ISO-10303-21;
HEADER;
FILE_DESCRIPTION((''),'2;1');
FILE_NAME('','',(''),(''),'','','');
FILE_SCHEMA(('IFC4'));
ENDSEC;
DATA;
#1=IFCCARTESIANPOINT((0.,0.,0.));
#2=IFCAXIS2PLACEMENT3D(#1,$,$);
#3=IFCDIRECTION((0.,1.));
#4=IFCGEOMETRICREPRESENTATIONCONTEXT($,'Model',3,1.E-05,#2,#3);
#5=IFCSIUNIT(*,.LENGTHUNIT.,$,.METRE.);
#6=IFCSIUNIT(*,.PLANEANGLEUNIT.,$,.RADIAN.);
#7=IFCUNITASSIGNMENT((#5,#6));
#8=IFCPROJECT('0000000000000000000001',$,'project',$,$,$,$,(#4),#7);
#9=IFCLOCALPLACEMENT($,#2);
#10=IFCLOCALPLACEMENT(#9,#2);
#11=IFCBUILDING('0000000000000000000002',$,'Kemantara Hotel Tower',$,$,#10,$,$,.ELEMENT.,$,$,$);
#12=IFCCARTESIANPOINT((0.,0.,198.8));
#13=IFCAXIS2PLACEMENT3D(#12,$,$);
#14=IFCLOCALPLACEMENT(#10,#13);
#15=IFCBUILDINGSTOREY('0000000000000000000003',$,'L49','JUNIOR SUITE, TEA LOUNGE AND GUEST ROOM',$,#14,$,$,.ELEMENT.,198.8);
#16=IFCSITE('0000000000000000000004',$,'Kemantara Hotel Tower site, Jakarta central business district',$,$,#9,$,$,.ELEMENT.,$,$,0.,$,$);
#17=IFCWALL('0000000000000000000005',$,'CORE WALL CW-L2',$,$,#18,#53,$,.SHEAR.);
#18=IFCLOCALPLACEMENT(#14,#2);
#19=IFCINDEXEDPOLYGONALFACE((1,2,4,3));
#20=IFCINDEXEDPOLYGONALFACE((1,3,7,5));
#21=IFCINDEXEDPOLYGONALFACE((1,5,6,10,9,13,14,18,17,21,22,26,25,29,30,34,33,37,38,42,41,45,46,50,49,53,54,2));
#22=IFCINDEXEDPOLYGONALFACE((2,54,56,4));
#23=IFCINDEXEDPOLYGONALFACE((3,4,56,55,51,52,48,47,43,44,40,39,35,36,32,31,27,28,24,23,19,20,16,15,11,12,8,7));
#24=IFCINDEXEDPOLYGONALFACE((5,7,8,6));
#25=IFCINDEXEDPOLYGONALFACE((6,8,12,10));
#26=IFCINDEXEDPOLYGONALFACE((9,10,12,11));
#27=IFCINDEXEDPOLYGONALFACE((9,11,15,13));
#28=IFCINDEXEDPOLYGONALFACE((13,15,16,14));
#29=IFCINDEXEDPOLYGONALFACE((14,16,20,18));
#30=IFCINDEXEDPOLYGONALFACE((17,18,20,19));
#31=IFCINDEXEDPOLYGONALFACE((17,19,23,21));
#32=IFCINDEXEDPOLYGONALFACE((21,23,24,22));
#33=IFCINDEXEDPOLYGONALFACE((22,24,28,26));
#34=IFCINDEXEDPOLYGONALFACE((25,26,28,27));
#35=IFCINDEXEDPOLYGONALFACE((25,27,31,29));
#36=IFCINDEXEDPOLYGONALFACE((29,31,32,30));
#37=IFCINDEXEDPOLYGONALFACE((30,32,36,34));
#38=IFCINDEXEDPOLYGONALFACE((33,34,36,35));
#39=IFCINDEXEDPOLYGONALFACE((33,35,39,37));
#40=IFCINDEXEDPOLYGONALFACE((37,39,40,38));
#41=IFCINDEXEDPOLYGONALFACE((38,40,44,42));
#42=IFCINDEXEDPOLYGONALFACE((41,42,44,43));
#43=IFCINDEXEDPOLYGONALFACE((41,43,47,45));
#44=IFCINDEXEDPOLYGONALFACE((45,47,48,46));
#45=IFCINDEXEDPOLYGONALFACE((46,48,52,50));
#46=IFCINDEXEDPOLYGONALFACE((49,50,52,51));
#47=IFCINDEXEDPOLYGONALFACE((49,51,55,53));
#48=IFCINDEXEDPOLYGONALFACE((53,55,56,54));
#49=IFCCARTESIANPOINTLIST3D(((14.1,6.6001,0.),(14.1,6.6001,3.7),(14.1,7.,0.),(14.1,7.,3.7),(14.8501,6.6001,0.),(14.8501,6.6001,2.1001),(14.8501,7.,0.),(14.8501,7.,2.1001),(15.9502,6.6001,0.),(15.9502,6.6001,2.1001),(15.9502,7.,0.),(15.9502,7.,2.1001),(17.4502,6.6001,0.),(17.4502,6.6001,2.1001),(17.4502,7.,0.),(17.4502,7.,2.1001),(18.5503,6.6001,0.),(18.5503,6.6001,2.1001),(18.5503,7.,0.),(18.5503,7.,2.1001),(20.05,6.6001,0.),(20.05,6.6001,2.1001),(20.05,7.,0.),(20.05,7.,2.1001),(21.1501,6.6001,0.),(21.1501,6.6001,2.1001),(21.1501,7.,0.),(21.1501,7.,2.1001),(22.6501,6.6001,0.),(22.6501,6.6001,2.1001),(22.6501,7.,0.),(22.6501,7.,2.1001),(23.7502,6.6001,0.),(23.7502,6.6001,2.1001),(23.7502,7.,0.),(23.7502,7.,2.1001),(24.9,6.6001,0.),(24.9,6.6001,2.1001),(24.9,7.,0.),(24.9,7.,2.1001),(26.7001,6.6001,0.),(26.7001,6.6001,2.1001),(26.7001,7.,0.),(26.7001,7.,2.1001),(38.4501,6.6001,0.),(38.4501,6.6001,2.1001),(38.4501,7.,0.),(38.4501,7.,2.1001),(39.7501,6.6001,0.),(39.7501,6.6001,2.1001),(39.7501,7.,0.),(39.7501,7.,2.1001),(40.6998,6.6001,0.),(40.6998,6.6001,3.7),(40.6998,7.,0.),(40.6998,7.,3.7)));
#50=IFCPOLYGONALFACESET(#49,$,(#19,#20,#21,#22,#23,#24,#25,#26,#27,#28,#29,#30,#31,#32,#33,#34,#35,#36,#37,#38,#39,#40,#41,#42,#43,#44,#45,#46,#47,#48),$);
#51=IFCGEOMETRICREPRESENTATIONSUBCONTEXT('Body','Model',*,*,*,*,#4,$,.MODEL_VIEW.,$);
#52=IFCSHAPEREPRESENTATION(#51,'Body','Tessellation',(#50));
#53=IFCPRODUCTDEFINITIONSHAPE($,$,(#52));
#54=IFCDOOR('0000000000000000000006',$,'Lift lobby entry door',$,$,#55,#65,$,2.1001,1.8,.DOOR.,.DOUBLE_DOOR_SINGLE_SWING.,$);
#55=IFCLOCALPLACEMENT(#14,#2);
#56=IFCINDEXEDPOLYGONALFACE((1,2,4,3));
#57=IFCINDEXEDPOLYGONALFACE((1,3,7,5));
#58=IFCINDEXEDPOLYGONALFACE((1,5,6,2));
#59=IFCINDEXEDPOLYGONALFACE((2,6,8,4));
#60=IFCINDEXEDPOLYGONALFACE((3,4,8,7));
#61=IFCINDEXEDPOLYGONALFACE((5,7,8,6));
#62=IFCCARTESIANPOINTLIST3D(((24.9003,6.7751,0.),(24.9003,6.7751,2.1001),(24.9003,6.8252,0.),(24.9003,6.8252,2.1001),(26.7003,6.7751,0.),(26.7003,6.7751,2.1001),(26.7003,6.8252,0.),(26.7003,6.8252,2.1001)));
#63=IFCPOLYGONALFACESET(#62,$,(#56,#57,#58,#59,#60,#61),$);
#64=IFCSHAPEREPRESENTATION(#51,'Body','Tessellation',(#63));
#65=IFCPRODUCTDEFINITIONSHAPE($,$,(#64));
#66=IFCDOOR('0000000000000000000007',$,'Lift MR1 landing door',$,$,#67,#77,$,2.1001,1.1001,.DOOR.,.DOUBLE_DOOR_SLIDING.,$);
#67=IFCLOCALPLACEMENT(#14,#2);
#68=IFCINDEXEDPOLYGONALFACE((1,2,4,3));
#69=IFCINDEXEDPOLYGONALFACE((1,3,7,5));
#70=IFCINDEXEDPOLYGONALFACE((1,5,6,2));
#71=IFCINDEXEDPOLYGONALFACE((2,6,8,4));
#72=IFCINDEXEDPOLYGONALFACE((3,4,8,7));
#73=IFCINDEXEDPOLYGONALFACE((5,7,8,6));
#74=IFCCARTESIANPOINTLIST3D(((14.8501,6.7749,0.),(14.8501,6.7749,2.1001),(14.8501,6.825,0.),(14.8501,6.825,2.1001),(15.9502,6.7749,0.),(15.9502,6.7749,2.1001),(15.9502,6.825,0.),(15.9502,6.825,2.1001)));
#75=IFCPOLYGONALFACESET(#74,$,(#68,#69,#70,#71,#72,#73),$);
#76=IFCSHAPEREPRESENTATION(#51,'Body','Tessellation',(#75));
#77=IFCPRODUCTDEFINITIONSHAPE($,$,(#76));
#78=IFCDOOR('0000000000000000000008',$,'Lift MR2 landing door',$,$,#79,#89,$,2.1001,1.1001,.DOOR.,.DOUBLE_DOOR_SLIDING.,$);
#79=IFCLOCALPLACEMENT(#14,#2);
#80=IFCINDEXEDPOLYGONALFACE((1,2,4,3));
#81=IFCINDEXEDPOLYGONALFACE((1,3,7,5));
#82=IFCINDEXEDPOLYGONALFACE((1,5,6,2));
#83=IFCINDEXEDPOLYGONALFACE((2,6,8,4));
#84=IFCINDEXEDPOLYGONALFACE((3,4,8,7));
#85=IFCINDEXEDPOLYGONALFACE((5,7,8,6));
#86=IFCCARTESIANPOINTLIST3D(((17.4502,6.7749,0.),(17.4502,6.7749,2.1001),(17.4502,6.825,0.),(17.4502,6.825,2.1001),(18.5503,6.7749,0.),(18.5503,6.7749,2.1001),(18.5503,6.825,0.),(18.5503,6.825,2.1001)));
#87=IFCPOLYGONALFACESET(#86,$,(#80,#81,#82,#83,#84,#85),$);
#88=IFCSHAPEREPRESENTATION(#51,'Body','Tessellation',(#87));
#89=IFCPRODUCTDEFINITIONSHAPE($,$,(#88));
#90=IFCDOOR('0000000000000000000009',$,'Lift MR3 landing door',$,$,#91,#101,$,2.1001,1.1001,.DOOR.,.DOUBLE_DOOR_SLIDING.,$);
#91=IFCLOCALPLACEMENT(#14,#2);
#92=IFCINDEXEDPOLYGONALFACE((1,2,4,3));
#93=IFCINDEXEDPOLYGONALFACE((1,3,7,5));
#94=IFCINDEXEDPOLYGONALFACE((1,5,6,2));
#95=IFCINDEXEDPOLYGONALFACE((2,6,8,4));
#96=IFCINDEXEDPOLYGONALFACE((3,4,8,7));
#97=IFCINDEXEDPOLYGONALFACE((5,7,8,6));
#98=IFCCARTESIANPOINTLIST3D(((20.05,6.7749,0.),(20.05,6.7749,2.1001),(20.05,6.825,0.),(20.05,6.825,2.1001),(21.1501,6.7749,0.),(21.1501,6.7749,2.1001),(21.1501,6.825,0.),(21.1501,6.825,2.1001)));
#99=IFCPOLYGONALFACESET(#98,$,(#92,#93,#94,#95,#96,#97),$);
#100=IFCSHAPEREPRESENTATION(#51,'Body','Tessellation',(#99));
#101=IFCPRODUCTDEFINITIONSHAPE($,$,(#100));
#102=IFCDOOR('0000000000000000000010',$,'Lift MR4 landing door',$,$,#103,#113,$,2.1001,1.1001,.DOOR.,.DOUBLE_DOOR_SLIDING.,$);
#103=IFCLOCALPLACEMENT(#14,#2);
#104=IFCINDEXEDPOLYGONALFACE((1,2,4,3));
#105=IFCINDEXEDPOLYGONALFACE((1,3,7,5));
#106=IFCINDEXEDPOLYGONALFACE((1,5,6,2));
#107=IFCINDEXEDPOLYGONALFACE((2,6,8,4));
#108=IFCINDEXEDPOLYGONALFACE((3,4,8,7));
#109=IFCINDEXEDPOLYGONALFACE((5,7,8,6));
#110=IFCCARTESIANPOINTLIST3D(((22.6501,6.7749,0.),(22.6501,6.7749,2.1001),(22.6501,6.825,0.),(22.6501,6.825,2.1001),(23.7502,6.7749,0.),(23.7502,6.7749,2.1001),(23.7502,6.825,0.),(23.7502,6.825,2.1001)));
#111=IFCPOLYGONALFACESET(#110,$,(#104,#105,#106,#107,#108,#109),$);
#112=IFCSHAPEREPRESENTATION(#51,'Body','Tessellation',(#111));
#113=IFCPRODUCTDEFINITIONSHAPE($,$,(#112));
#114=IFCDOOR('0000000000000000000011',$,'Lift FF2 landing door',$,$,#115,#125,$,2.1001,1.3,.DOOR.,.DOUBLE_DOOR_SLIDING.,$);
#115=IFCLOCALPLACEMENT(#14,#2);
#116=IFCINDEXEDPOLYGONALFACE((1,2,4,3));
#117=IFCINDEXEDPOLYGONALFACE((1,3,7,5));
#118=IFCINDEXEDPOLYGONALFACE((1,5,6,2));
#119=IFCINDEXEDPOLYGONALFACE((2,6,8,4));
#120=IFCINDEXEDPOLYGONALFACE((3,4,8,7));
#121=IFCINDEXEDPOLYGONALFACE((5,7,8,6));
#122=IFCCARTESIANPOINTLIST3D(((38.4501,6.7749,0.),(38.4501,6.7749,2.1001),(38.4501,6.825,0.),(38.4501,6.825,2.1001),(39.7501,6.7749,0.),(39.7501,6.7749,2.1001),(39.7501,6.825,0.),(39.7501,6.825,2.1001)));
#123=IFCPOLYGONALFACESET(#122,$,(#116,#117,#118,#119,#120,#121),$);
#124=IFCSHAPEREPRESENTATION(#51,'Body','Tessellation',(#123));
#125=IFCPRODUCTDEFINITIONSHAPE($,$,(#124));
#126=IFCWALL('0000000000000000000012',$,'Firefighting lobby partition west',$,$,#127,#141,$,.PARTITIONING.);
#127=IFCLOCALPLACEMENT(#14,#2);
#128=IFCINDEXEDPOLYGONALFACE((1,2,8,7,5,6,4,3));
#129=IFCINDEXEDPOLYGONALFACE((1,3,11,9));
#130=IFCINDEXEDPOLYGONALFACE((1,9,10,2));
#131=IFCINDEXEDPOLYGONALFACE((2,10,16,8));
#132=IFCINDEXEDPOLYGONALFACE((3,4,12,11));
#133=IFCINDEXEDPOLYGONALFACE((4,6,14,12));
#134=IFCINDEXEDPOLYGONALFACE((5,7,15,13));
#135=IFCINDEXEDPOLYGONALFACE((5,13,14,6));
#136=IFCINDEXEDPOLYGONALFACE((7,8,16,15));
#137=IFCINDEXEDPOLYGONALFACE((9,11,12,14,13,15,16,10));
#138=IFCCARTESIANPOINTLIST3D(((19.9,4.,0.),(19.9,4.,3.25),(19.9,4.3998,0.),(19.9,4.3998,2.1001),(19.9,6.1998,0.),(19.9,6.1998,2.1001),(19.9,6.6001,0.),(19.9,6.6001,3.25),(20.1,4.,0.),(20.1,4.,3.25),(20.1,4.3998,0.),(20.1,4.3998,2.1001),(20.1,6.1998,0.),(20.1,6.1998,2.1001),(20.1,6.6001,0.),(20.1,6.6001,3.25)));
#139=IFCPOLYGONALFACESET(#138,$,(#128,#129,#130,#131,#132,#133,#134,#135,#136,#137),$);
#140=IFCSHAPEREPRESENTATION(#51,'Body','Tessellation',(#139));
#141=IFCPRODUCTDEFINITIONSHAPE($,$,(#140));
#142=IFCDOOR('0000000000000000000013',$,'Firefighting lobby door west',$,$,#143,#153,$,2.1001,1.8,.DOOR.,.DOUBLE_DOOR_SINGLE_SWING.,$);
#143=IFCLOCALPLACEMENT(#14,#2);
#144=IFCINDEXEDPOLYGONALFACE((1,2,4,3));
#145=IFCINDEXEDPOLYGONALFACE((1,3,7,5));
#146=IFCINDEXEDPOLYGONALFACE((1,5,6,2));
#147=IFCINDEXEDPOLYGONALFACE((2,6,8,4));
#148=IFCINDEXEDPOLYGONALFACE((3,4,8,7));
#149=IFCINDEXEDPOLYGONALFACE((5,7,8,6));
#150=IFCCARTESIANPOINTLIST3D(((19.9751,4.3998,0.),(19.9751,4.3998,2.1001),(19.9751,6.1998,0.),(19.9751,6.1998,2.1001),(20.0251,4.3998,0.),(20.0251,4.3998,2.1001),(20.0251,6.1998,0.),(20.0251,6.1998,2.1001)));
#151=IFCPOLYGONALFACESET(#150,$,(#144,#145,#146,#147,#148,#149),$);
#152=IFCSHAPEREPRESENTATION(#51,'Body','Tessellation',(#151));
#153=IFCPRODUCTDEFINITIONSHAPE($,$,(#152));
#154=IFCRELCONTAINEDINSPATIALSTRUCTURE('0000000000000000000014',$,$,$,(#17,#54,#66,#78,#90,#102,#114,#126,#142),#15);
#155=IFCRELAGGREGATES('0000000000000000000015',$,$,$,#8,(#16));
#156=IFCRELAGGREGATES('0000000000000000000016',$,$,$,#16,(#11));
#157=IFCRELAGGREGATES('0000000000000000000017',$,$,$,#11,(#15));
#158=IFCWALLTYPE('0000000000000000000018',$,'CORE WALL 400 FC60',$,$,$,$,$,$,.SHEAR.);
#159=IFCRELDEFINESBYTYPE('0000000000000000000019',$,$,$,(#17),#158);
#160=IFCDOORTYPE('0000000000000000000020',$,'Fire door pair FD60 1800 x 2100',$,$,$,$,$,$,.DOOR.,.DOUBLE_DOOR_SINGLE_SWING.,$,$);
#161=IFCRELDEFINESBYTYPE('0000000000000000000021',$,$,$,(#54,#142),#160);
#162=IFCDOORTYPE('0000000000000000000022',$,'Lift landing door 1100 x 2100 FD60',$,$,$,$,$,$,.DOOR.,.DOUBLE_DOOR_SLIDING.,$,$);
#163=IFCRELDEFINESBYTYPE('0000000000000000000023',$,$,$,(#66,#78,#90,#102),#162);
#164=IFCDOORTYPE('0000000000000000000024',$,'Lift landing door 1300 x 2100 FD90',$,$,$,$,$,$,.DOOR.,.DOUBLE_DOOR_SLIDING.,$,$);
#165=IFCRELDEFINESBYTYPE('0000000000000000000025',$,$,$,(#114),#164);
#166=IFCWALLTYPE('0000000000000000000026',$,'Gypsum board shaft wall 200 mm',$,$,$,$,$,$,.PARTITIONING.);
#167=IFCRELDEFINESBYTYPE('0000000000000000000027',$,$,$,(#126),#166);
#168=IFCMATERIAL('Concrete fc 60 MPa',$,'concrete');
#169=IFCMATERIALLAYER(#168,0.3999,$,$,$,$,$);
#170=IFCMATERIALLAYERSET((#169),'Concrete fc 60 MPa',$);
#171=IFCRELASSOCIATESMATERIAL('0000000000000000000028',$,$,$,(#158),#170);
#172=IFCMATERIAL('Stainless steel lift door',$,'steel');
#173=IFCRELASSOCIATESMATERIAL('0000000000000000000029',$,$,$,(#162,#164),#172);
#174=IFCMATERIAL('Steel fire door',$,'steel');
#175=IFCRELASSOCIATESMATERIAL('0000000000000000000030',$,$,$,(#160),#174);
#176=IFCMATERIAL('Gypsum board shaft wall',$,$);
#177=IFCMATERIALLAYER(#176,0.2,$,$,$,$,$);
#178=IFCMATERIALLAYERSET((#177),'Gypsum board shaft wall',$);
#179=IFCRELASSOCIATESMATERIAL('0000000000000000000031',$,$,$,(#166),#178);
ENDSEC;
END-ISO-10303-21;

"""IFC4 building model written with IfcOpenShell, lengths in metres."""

from ifc_helpers import new_model, si_unit, direction, frame, frame_2d, origin, place, context, subcontext, project, spatial, rectangle, extrude, material, layer, layer_set, type_object, element, fill, save


model = new_model("IFC4")

# Units and contexts
model_context = context("Model", 3, precision=1e-05, world=origin(), true_north=direction((0.0, 1.0)))
body_context = subcontext(model_context, "Body", "Model", "MODEL_VIEW")
ifc_project = project(units=[si_unit("LENGTHUNIT", "METRE"), si_unit("PLANEANGLEUNIT", "RADIAN")], contexts=[model_context])

# Site, building, storey
site_placement = place(None, origin())
site = spatial("IfcSite", under=ifc_project, at=site_placement, Name="Kemantara Hotel Tower site, Jakarta central business district", CompositionType="ELEMENT", RefElevation=0.0)
building_placement = place(site_placement, origin())
building = spatial("IfcBuilding", under=site, at=building_placement, Name="Kemantara Hotel Tower", CompositionType="ELEMENT")
storey_placement = place(building_placement, frame((0.0, 0.0, 198.8)))
storey = spatial("IfcBuildingStorey", under=building, at=storey_placement, Name="L49", Description="JUNIOR SUITE, TEA LOUNGE AND GUEST ROOM", CompositionType="ELEMENT", Elevation=198.8)

# Shared definitions
ifc_material_1 = material(Name="Concrete fc 60 MPa", Category="concrete")
ifc_layer_1 = layer(ifc_material_1, 0.3999)
ifc_layer_set_1 = layer_set([ifc_layer_1], Name="Concrete fc 60 MPa")
wall_type_1 = type_object("IfcWallType", Name="CORE WALL 400 FC60", PredefinedType="SHEAR", material=ifc_layer_set_1)

# Wall, openings, doors
ifc_material_2 = material(Name="Steel fire door", Category="steel")
ifc_material_3 = material(Name="Stainless steel lift door", Category="steel")
door_type_1 = type_object("IfcDoorType", Name="Lift landing door 1100 x 2100 FD60", OperationType="DOUBLE_DOOR_SLIDING", PredefinedType="DOOR", material=ifc_material_3)
door_type_2 = type_object("IfcDoorType", Name="Lift landing door 1300 x 2100 FD90", OperationType="DOUBLE_DOOR_SLIDING", PredefinedType="DOOR", material=ifc_material_3)
wall_1_placement = place(storey_placement, frame((14.1001, 6.8, 0.0), z_axis=(0.0, 0.0, 1.0), x_axis=(1.0, 0.0, 0.0)))
wall_1 = element("IfcWall", 1, at=wall_1_placement, inside=storey, type_object=wall_type_1, Name="CORE WALL CW-L2", PredefinedType="SHEAR", context=body_context, shape_type="SweptSolid", body=[
    extrude(rectangle(XDim=26.5999, YDim=0.3999, at=frame_2d((13.2998, 0.0))), origin(), (0.0, 0.0, 1.0), 3.7),
])
opening_1_placement = place(wall_1_placement, frame((10.8, 0.0, 0.0)))
opening_1 = element("IfcOpeningElement", 2, at=opening_1_placement, cuts=wall_1, PredefinedType="OPENING", context=body_context, shape_type="SweptSolid", body=[
    extrude(rectangle(XDim=1.8, YDim=2.1001, at=frame_2d((0.8999, 1.05))), frame((0.0, 0.21, 0.0), z_axis=(0.0, -1.0, 0.0), x_axis=(1.0, 0.0, 0.0)), (0.0, 0.0, 1.0), 0.4199),
])
opening_2_placement = place(wall_1_placement, frame((0.75, 0.0, 0.0)))
opening_2 = element("IfcOpeningElement", 3, at=opening_2_placement, cuts=wall_1, PredefinedType="OPENING", context=body_context, shape_type="SweptSolid", body=[
    extrude(rectangle(XDim=1.1001, YDim=2.1001, at=frame_2d((0.55, 1.05))), frame((0.0, 0.21, 0.0), z_axis=(0.0, -1.0, 0.0), x_axis=(1.0, 0.0, 0.0)), (0.0, 0.0, 1.0), 0.4199),
])
opening_3_placement = place(wall_1_placement, frame((3.3501, 0.0, 0.0)))
opening_3 = element("IfcOpeningElement", 4, at=opening_3_placement, cuts=wall_1, PredefinedType="OPENING", context=body_context, shape_type="SweptSolid", body=[
    extrude(rectangle(XDim=1.1001, YDim=2.1001, at=frame_2d((0.55, 1.05))), frame((0.0, 0.21, 0.0), z_axis=(0.0, -1.0, 0.0), x_axis=(1.0, 0.0, 0.0)), (0.0, 0.0, 1.0), 0.4199),
])
opening_4_placement = place(wall_1_placement, frame((5.95, 0.0, 0.0)))
opening_4 = element("IfcOpeningElement", 5, at=opening_4_placement, cuts=wall_1, PredefinedType="OPENING", context=body_context, shape_type="SweptSolid", body=[
    extrude(rectangle(XDim=1.1001, YDim=2.1001, at=frame_2d((0.55, 1.05))), frame((0.0, 0.21, 0.0), z_axis=(0.0, -1.0, 0.0), x_axis=(1.0, 0.0, 0.0)), (0.0, 0.0, 1.0), 0.4199),
])
opening_5_placement = place(wall_1_placement, frame((8.55, 0.0, 0.0)))
opening_5 = element("IfcOpeningElement", 6, at=opening_5_placement, cuts=wall_1, PredefinedType="OPENING", context=body_context, shape_type="SweptSolid", body=[
    extrude(rectangle(XDim=1.1001, YDim=2.1001, at=frame_2d((0.55, 1.05))), frame((0.0, 0.21, 0.0), z_axis=(0.0, -1.0, 0.0), x_axis=(1.0, 0.0, 0.0)), (0.0, 0.0, 1.0), 0.4199),
])
opening_6_placement = place(wall_1_placement, frame((24.3501, 0.0, 0.0)))
opening_6 = element("IfcOpeningElement", 7, at=opening_6_placement, cuts=wall_1, PredefinedType="OPENING", context=body_context, shape_type="SweptSolid", body=[
    extrude(rectangle(XDim=1.3, YDim=2.1001, at=frame_2d((0.6499, 1.05))), frame((0.0, 0.21, 0.0), z_axis=(0.0, -1.0, 0.0), x_axis=(1.0, 0.0, 0.0)), (0.0, 0.0, 1.0), 0.4199),
])
door_type_3 = type_object("IfcDoorType", Name="Fire door pair FD60 1800 x 2100", OperationType="DOUBLE_DOOR_SINGLE_SWING", PredefinedType="DOOR", material=ifc_material_2)
door_1_placement = place(opening_1_placement, frame((1.8, 0.0, 0.0), z_axis=(0.0, 0.0, 1.0), x_axis=(-1.0, 0.0, 0.0)))
door_1 = element("IfcDoor", 8, at=door_1_placement, inside=storey, type_object=door_type_3, Name="Lift lobby entry door", OperationType="DOUBLE_DOOR_SINGLE_SWING", OverallHeight=2.1001, OverallWidth=1.8, PredefinedType="DOOR", context=body_context, shape_type="SweptSolid", body=[
    extrude(rectangle(XDim=1.8, YDim=2.1001, at=frame_2d((0.8999, 1.05))), frame((0.0, 0.0249, 0.0), z_axis=(0.0, -1.0, 0.0), x_axis=(1.0, 0.0, 0.0)), (0.0, 0.0, 1.0), 0.05),
])
fill(opening_1, door_1)
door_2_placement = place(opening_2_placement, origin())
door_2 = element("IfcDoor", 9, at=door_2_placement, inside=storey, type_object=door_type_1, Name="Lift MR1 landing door", OperationType="DOUBLE_DOOR_SLIDING", OverallHeight=2.1001, OverallWidth=1.1001, PredefinedType="DOOR", context=body_context, shape_type="SweptSolid", body=[
    extrude(rectangle(XDim=1.1001, YDim=2.1001, at=frame_2d((0.55, 1.05))), frame((0.0, 0.0249, 0.0), z_axis=(0.0, -1.0, 0.0), x_axis=(1.0, 0.0, 0.0)), (0.0, 0.0, 1.0), 0.05),
])
fill(opening_2, door_2)
door_3_placement = place(opening_3_placement, origin())
door_3 = element("IfcDoor", 10, at=door_3_placement, inside=storey, type_object=door_type_1, Name="Lift MR2 landing door", OperationType="DOUBLE_DOOR_SLIDING", OverallHeight=2.1001, OverallWidth=1.1001, PredefinedType="DOOR", context=body_context, shape_type="SweptSolid", body=[
    extrude(rectangle(XDim=1.1001, YDim=2.1001, at=frame_2d((0.55, 1.05))), frame((0.0, 0.0249, 0.0), z_axis=(0.0, -1.0, 0.0), x_axis=(1.0, 0.0, 0.0)), (0.0, 0.0, 1.0), 0.05),
])
fill(opening_3, door_3)
door_4_placement = place(opening_4_placement, origin())
door_4 = element("IfcDoor", 11, at=door_4_placement, inside=storey, type_object=door_type_1, Name="Lift MR3 landing door", OperationType="DOUBLE_DOOR_SLIDING", OverallHeight=2.1001, OverallWidth=1.1001, PredefinedType="DOOR", context=body_context, shape_type="SweptSolid", body=[
    extrude(rectangle(XDim=1.1001, YDim=2.1001, at=frame_2d((0.55, 1.05))), frame((0.0, 0.0249, 0.0), z_axis=(0.0, -1.0, 0.0), x_axis=(1.0, 0.0, 0.0)), (0.0, 0.0, 1.0), 0.05),
])
fill(opening_4, door_4)
door_5_placement = place(opening_5_placement, origin())
door_5 = element("IfcDoor", 12, at=door_5_placement, inside=storey, type_object=door_type_1, Name="Lift MR4 landing door", OperationType="DOUBLE_DOOR_SLIDING", OverallHeight=2.1001, OverallWidth=1.1001, PredefinedType="DOOR", context=body_context, shape_type="SweptSolid", body=[
    extrude(rectangle(XDim=1.1001, YDim=2.1001, at=frame_2d((0.55, 1.05))), frame((0.0, 0.0249, 0.0), z_axis=(0.0, -1.0, 0.0), x_axis=(1.0, 0.0, 0.0)), (0.0, 0.0, 1.0), 0.05),
])
fill(opening_5, door_5)
door_6_placement = place(opening_6_placement, origin())
door_6 = element("IfcDoor", 13, at=door_6_placement, inside=storey, type_object=door_type_2, Name="Lift FF2 landing door", OperationType="DOUBLE_DOOR_SLIDING", OverallHeight=2.1001, OverallWidth=1.3, PredefinedType="DOOR", context=body_context, shape_type="SweptSolid", body=[
    extrude(rectangle(XDim=1.3, YDim=2.1001, at=frame_2d((0.6499, 1.05))), frame((0.0, 0.0249, 0.0), z_axis=(0.0, -1.0, 0.0), x_axis=(1.0, 0.0, 0.0)), (0.0, 0.0, 1.0), 0.05),
])
fill(opening_6, door_6)

# Wall, opening, door
ifc_material_4 = material(Name="Gypsum board shaft wall")
ifc_layer_2 = layer(ifc_material_4, 0.2)
ifc_layer_set_2 = layer_set([ifc_layer_2], Name="Gypsum board shaft wall")
wall_type_2 = type_object("IfcWallType", Name="Gypsum board shaft wall 200 mm", PredefinedType="PARTITIONING", material=ifc_layer_set_2)
wall_2_placement = place(storey_placement, frame((20.0, 4.0, 0.0), z_axis=(0.0, 0.0, 1.0), x_axis=(0.0, 1.0, 0.0)))
wall_2 = element("IfcWall", 14, at=wall_2_placement, inside=storey, type_object=wall_type_2, Name="Firefighting lobby partition west", PredefinedType="PARTITIONING", context=body_context, shape_type="SweptSolid", body=[
    extrude(rectangle(XDim=2.6001, YDim=0.2, at=frame_2d((1.3, 0.0))), origin(), (0.0, 0.0, 1.0), 3.25),
])
opening_7_placement = place(wall_2_placement, frame((0.3999, 0.0, 0.0)))
opening_7 = element("IfcOpeningElement", 15, at=opening_7_placement, cuts=wall_2, PredefinedType="OPENING", context=body_context, shape_type="SweptSolid", body=[
    extrude(rectangle(XDim=1.8, YDim=2.1001, at=frame_2d((0.8999, 1.05))), frame((0.0, 0.1099, 0.0), z_axis=(0.0, -1.0, 0.0), x_axis=(1.0, 0.0, 0.0)), (0.0, 0.0, 1.0), 0.22),
])
door_7_placement = place(opening_7_placement, origin())
door_7 = element("IfcDoor", 16, at=door_7_placement, inside=storey, type_object=door_type_3, Name="Firefighting lobby door west", OperationType="DOUBLE_DOOR_SINGLE_SWING", OverallHeight=2.1001, OverallWidth=1.8, PredefinedType="DOOR", context=body_context, shape_type="SweptSolid", body=[
    extrude(rectangle(XDim=1.8, YDim=2.1001, at=frame_2d((0.8999, 1.05))), frame((0.0, 0.0249, 0.0), z_axis=(0.0, -1.0, 0.0), x_axis=(1.0, 0.0, 0.0)), (0.0, 0.0, 1.0), 0.05),
])
fill(opening_7, door_7)

save(model, "model.ifc")
